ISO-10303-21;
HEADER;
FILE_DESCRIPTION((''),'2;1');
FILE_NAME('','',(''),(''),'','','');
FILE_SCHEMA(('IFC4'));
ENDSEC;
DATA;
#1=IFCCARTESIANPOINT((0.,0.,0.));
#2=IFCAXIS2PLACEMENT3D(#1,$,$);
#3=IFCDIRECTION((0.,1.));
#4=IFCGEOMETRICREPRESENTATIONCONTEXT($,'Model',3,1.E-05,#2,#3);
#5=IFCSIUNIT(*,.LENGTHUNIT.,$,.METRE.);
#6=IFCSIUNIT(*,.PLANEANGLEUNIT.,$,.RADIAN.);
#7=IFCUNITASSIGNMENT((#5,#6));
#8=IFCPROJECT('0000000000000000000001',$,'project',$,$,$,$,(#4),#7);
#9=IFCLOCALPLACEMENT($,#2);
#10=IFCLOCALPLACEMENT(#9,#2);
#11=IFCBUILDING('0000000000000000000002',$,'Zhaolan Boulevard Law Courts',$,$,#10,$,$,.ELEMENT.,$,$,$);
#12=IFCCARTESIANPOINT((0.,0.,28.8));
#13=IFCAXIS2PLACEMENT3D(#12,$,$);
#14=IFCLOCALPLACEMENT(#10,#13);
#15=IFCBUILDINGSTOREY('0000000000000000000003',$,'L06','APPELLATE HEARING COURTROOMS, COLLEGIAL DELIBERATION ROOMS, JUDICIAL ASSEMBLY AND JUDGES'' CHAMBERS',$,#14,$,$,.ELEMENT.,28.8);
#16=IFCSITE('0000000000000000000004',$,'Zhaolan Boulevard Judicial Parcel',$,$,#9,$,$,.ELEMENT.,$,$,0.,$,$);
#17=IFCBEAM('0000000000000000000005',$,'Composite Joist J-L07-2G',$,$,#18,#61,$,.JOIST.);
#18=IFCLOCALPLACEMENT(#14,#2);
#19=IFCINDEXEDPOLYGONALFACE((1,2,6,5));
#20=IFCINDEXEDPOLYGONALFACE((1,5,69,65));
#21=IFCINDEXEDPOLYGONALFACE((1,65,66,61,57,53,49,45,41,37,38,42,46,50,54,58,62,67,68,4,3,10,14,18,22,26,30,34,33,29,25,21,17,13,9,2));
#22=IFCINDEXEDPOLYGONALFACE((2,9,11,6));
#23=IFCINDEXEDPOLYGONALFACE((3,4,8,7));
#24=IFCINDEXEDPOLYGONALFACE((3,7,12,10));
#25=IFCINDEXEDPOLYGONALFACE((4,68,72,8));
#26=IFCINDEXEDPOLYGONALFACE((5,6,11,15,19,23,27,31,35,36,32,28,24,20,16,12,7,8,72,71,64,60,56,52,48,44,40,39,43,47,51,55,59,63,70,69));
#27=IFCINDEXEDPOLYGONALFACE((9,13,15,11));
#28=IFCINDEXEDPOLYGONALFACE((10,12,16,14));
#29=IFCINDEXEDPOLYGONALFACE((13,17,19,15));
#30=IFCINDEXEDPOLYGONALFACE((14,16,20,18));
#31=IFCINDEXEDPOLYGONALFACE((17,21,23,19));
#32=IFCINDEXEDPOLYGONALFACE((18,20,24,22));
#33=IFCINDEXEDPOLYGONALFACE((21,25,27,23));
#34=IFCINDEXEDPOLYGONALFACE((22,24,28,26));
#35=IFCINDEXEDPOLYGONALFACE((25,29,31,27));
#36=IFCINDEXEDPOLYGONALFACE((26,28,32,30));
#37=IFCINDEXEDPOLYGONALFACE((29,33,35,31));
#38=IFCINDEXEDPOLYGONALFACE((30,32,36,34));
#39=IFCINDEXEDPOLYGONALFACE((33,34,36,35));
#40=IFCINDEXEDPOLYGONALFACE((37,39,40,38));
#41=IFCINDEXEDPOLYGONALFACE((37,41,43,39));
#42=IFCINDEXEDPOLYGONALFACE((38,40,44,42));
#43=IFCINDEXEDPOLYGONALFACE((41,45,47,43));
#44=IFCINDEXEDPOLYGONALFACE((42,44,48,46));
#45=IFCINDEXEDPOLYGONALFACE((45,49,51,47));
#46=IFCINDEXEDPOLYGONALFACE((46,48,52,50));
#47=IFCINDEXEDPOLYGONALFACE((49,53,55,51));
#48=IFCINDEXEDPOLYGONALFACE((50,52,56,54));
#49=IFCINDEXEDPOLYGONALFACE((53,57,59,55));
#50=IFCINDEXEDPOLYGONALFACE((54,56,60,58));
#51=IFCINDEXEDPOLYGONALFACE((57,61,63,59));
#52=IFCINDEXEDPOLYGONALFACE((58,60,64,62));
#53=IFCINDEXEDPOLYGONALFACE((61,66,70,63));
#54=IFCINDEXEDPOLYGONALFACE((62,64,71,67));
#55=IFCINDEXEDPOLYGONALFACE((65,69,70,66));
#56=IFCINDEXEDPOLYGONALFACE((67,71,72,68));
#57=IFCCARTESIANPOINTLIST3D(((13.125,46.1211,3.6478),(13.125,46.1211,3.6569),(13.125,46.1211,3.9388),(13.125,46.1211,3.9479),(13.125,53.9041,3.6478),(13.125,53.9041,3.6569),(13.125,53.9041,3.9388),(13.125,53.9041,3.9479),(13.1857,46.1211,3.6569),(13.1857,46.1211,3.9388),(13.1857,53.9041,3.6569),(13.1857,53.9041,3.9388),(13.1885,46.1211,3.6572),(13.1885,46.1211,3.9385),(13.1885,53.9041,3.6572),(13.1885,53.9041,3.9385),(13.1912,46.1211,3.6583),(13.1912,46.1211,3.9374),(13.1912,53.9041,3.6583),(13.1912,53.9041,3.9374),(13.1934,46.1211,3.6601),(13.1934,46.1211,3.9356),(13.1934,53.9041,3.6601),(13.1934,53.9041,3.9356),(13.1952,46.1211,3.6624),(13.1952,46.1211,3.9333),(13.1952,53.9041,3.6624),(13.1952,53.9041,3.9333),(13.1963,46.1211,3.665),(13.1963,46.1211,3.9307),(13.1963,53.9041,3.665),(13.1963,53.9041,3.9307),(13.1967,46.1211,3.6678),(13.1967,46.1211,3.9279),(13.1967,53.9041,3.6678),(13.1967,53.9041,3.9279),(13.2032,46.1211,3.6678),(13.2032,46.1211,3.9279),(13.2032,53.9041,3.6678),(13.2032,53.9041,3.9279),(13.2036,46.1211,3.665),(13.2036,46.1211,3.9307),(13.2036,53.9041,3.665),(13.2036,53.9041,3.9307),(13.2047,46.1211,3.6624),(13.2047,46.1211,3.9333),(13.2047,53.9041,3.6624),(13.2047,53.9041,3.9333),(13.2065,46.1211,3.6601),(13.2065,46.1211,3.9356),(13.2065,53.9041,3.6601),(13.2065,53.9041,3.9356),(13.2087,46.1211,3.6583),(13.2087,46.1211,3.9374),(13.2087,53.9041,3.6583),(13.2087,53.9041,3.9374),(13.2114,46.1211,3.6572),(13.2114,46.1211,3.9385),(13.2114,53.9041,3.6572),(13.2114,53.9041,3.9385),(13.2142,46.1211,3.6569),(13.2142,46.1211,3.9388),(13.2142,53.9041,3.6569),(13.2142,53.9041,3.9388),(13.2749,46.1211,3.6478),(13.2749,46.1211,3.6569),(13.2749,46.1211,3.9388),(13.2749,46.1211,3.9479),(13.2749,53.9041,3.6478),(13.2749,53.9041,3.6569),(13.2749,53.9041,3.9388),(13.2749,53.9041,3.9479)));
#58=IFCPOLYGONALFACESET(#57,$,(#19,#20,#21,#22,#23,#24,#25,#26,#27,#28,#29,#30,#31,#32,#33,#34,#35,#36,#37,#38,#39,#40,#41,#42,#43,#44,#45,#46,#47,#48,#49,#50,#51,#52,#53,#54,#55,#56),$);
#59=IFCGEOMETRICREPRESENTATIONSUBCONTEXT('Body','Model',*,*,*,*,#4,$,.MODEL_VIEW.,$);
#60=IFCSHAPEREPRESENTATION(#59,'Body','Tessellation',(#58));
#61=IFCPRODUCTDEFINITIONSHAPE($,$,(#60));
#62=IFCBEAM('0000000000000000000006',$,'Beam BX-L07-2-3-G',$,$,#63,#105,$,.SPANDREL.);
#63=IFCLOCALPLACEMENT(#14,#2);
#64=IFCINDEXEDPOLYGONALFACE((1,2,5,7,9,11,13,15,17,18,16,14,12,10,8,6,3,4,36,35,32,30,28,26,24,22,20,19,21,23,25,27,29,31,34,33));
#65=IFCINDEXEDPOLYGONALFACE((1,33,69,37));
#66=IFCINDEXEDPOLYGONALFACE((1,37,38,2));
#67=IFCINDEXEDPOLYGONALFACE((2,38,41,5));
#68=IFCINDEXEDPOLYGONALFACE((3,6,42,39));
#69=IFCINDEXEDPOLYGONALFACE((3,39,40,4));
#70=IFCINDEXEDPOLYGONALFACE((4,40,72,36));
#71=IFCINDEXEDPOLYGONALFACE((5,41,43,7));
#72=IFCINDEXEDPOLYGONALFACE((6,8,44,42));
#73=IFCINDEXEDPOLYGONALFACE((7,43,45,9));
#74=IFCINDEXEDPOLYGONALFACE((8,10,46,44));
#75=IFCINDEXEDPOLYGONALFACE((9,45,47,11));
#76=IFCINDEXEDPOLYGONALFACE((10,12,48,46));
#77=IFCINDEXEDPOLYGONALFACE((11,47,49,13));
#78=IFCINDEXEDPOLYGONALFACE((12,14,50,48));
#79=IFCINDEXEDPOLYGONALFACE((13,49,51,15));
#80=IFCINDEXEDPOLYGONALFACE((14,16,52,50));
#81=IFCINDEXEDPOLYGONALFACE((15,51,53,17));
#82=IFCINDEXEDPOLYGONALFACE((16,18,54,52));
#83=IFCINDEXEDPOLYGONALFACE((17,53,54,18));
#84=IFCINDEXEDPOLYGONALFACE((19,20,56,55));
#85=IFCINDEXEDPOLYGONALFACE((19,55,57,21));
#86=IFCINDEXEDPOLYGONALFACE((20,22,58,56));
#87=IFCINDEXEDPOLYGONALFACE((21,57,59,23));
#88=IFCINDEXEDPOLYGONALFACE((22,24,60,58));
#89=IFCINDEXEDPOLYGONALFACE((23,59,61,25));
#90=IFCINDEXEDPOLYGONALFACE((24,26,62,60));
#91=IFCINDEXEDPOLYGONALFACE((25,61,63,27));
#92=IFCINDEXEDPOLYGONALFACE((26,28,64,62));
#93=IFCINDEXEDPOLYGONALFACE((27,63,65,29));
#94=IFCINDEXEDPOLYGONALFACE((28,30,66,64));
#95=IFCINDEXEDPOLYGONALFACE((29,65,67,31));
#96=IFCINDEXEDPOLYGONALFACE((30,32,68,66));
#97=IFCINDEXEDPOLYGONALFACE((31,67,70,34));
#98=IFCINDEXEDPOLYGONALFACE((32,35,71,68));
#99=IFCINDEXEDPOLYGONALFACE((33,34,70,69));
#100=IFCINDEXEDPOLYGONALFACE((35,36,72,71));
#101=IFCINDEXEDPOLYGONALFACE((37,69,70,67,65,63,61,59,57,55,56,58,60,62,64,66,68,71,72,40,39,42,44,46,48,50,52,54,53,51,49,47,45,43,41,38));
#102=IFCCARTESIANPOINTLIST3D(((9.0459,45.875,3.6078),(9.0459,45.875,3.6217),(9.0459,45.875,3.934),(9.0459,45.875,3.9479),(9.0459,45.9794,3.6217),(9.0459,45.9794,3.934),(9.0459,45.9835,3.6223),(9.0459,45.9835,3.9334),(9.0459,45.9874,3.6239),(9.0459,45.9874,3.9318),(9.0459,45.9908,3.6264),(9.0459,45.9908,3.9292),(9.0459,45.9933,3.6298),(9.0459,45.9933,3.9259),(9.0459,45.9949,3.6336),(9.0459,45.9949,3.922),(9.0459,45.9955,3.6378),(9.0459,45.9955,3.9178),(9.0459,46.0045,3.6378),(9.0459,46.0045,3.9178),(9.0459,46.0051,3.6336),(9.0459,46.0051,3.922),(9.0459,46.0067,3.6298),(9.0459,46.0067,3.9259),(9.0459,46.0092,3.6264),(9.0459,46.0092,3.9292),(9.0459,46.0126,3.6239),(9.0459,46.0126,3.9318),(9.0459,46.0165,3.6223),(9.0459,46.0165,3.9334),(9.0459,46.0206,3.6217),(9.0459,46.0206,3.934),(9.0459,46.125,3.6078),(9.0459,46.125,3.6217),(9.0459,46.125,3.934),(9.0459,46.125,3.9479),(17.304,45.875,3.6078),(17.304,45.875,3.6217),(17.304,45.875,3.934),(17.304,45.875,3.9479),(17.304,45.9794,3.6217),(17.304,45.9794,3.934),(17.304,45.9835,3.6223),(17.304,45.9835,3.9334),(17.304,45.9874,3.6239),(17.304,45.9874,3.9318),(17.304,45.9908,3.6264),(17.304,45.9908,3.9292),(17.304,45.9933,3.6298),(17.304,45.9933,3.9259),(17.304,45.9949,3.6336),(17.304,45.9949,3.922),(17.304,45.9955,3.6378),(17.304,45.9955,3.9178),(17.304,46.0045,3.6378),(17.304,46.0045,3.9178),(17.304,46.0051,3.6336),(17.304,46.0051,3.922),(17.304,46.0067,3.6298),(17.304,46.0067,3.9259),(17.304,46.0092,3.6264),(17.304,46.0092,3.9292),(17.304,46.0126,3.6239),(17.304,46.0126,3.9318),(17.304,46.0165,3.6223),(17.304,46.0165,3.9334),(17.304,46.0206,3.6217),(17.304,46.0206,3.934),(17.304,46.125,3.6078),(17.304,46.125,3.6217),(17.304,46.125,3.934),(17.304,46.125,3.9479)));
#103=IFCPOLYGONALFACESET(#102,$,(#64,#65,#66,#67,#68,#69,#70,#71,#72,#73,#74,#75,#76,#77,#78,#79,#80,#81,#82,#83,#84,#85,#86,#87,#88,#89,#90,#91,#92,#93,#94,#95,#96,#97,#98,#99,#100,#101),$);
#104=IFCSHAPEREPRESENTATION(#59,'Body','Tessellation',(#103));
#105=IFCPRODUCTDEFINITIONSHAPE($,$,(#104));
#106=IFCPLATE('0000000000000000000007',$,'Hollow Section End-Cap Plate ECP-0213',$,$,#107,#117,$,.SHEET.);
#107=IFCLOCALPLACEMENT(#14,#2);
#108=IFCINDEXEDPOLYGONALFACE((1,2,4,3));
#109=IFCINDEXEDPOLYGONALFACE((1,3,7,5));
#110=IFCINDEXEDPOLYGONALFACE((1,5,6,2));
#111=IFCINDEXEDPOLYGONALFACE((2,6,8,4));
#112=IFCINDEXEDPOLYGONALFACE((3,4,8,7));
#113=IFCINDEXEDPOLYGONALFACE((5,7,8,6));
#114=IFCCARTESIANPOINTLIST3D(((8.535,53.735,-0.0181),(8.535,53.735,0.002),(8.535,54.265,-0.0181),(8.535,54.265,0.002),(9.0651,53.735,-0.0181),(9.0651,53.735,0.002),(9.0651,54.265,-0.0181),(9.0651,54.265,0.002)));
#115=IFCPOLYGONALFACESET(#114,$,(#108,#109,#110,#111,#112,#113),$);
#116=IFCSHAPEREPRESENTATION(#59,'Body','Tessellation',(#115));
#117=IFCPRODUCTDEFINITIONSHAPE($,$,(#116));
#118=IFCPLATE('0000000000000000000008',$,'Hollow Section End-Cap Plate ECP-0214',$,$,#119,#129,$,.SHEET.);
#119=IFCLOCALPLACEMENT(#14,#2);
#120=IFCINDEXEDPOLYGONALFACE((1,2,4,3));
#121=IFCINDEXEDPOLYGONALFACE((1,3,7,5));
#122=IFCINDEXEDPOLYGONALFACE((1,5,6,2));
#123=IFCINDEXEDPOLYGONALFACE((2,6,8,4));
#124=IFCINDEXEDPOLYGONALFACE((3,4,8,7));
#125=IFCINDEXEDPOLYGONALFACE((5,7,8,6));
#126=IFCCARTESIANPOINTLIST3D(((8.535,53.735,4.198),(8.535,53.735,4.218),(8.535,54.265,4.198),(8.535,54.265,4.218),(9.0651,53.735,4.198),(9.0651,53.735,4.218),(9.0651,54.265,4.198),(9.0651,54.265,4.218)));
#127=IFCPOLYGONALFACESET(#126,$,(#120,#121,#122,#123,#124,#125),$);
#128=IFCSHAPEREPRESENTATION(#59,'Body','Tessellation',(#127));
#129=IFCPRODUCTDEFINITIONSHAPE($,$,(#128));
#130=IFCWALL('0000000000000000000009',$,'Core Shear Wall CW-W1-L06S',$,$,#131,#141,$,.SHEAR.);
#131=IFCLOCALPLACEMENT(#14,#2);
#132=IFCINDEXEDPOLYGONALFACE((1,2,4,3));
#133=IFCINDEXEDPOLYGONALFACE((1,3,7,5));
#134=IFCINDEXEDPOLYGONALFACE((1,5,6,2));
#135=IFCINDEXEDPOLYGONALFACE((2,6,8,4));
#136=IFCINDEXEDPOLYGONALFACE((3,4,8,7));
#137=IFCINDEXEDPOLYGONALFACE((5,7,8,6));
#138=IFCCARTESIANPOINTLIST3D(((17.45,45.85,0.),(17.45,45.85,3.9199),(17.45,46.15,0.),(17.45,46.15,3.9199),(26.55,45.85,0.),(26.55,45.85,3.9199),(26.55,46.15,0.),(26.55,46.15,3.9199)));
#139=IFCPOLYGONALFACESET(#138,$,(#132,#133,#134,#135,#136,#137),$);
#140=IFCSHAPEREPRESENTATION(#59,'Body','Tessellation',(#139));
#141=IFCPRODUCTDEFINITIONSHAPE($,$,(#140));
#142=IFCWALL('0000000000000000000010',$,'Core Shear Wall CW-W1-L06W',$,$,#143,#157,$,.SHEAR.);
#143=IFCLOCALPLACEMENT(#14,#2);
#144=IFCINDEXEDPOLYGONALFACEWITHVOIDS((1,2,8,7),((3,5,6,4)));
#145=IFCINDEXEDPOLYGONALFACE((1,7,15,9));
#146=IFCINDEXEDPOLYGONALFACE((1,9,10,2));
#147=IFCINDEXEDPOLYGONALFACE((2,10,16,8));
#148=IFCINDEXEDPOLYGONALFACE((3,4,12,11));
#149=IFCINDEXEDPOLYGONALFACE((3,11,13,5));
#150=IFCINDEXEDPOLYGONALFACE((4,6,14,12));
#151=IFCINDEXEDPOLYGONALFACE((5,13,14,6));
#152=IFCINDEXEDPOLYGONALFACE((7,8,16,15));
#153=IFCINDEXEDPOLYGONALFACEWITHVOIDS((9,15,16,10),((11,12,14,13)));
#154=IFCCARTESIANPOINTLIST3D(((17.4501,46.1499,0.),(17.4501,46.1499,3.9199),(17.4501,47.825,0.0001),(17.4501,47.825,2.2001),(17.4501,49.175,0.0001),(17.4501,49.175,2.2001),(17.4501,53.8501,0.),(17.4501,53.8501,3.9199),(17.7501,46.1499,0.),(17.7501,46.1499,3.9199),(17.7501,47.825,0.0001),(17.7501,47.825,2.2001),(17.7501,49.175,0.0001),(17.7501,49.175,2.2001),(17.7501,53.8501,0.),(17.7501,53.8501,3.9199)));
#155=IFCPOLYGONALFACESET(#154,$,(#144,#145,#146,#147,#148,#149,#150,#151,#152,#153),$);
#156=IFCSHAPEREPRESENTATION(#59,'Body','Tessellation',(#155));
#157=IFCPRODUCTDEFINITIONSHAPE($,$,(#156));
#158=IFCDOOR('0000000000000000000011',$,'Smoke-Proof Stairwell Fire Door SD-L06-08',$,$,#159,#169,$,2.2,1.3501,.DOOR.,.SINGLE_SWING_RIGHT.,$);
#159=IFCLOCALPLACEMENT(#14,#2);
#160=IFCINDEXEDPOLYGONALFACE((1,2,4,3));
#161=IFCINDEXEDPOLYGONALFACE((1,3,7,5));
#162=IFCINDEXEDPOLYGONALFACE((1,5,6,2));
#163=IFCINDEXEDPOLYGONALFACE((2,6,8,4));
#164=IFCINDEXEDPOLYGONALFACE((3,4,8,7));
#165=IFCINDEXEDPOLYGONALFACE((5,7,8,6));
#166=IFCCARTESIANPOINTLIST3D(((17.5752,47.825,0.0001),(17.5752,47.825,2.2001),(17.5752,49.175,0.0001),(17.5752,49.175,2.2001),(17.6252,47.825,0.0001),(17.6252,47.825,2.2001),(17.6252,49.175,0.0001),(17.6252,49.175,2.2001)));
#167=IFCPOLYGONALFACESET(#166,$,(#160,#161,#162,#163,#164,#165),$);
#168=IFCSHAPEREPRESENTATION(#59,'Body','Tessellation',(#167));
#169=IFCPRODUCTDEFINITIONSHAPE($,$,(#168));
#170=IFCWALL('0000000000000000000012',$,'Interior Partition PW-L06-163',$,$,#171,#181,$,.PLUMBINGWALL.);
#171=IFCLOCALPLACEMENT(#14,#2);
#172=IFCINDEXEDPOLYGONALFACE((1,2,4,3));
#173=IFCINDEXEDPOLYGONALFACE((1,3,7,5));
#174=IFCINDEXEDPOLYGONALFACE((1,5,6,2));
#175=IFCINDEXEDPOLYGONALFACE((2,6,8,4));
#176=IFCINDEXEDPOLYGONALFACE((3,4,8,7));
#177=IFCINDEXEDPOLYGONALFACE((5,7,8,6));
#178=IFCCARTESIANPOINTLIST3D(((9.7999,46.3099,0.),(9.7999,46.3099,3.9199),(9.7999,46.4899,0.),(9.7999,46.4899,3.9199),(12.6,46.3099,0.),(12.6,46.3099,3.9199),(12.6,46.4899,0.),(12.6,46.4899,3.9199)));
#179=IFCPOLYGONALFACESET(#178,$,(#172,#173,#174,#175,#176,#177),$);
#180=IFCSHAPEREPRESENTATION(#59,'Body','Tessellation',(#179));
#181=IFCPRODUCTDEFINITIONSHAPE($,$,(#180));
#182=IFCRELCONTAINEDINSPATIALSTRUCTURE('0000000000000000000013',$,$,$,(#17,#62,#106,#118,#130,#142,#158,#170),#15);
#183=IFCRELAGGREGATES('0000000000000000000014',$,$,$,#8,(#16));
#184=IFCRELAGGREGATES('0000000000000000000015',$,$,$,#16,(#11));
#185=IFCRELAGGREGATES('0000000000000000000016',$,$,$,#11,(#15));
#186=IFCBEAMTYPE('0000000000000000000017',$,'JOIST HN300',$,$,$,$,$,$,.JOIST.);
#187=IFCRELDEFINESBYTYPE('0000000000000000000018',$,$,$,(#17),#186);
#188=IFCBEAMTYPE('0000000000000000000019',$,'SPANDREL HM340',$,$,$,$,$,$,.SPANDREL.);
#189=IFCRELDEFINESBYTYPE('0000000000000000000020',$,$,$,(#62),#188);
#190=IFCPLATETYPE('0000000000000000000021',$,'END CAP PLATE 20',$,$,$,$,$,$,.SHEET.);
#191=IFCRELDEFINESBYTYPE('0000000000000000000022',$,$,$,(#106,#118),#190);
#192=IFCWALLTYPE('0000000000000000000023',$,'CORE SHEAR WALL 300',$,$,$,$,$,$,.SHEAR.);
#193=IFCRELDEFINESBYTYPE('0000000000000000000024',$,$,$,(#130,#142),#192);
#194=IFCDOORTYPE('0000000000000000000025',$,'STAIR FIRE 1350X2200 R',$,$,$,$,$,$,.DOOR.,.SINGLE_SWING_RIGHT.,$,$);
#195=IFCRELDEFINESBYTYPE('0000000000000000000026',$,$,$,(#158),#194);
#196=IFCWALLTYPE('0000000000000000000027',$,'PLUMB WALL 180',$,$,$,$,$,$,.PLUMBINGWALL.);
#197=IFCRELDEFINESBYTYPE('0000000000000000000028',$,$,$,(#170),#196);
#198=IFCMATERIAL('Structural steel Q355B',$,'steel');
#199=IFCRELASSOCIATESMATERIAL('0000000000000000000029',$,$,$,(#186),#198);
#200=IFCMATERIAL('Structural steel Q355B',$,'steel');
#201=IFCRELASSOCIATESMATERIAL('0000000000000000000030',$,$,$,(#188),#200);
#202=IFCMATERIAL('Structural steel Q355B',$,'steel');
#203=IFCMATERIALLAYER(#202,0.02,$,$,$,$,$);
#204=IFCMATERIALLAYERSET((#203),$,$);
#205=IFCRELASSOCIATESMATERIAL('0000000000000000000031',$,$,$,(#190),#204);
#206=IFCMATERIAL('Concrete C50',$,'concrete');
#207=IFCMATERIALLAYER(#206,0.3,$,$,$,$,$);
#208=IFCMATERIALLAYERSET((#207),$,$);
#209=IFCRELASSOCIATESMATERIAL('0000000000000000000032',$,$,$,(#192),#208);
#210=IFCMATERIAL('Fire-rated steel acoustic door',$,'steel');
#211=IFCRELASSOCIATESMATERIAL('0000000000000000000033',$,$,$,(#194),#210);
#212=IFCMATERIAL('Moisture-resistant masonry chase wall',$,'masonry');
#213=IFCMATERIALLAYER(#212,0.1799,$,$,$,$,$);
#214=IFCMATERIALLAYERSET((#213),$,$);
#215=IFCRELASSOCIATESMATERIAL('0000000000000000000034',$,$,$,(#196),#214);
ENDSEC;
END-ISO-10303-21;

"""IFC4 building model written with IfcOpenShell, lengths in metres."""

from ifc_helpers import new_model, si_unit, direction, frame, frame_2d, origin, origin_2d, place, context, subcontext, project, spatial, rectangle, i_section, extrude, material, layer, layer_set, material_profile, profile_set, type_object, element, fill, save


model = new_model("IFC4")

# Units and contexts
model_context = context("Model", 3, precision=1e-05, world=origin(), true_north=direction((0.0, 1.0)))
body_context = subcontext(model_context, "Body", "Model", "MODEL_VIEW")
ifc_project = project(units=[si_unit("LENGTHUNIT", "METRE"), si_unit("PLANEANGLEUNIT", "RADIAN")], contexts=[model_context])

# Site, building, storey
site_placement = place(None, origin())
site = spatial("IfcSite", under=ifc_project, at=site_placement, Name="Zhaolan Boulevard Judicial Parcel", CompositionType="ELEMENT", RefElevation=0.0)
building_placement = place(site_placement, origin())
building = spatial("IfcBuilding", under=site, at=building_placement, Name="Zhaolan Boulevard Law Courts", CompositionType="ELEMENT")
storey_placement = place(building_placement, frame((0.0, 0.0, 28.8)))
storey = spatial("IfcBuildingStorey", under=building, at=storey_placement, Name="L06", Description="APPELLATE HEARING COURTROOMS, COLLEGIAL DELIBERATION ROOMS, JUDICIAL ASSEMBLY AND JUDGES' CHAMBERS", CompositionType="ELEMENT", Elevation=28.8)

# Beams
ifc_material_1 = material(Name="Structural steel Q355B", Category="steel")
ifc_material_profile_1 = material_profile(ifc_material_1, i_section(OverallWidth=0.1499, OverallDepth=0.3, WebThickness=0.0066, FlangeThickness=0.009, FilletRadius=0.011, at=origin_2d()), Name="HN300x150")
ifc_profile_set_1 = profile_set([ifc_material_profile_1], Name="Structural steel Q355B")
beam_type_1 = type_object("IfcBeamType", Name="JOIST HN300", PredefinedType="JOIST", material=ifc_profile_set_1)
beam_1_placement = place(storey_placement, frame((13.2, 46.1211, 3.7979), z_axis=(0.0, 1.0, 0.0), x_axis=(-1.0, 0.0, 0.0)))
element("IfcBeam", 1, at=beam_1_placement, inside=storey, type_object=beam_type_1, Name="Composite Joist J-L07-2G", PredefinedType="JOIST", context=body_context, shape_type="SweptSolid", body=[
    extrude(i_section(OverallWidth=0.1499, OverallDepth=0.3, WebThickness=0.0066, FlangeThickness=0.009, FilletRadius=0.011, at=origin_2d()), origin(), (0.0, 0.0, 1.0), 7.783),
])
ifc_material_2 = material(Name="Structural steel Q355B", Category="steel")
ifc_material_profile_2 = material_profile(ifc_material_2, i_section(OverallWidth=0.25, OverallDepth=0.3401, WebThickness=0.009, FlangeThickness=0.0139, FilletRadius=0.0161, at=origin_2d()), Name="HM340x250")
ifc_profile_set_2 = profile_set([ifc_material_profile_2], Name="Structural steel Q355B")
beam_type_2 = type_object("IfcBeamType", Name="SPANDREL HM340", PredefinedType="SPANDREL", material=ifc_profile_set_2)
beam_2_placement = place(storey_placement, frame((9.0459, 46.0, 3.7778), z_axis=(1.0, 0.0, 0.0), x_axis=(0.0, 1.0, 0.0)))
element("IfcBeam", 2, at=beam_2_placement, inside=storey, type_object=beam_type_2, Name="Beam BX-L07-2-3-G", PredefinedType="SPANDREL", context=body_context, shape_type="SweptSolid", body=[
    extrude(i_section(OverallWidth=0.25, OverallDepth=0.3401, WebThickness=0.009, FlangeThickness=0.0139, FilletRadius=0.0161, at=origin_2d()), origin(), (0.0, 0.0, 1.0), 8.2581),
])

# Plates
ifc_material_3 = material(Name="Structural steel Q355B", Category="steel")
ifc_layer_1 = layer(ifc_material_3, 0.02)
ifc_layer_set_1 = layer_set([ifc_layer_1])
plate_type = type_object("IfcPlateType", Name="END CAP PLATE 20", PredefinedType="SHEET", material=ifc_layer_set_1)
for number, where, z_axis, x_axis, name in (
    (3, (8.8, 54.0, -0.0181), (0.0, 0.0, 1.0), (1.0, 0.0, 0.0), "Hollow Section End-Cap Plate ECP-0213"),
    (4, (8.8, 54.0, 4.198), (0.0, 0.0, 1.0), (1.0, 0.0, 0.0), "Hollow Section End-Cap Plate ECP-0214"),
):
    element("IfcPlate", number, at=place(storey_placement, frame(where, z_axis=z_axis, x_axis=x_axis)), inside=storey, type_object=plate_type, Name=name, PredefinedType="SHEET", context=body_context, shape_type="SweptSolid", body=[
        extrude(rectangle(XDim=0.53, YDim=0.53, at=origin_2d()), origin(), (0.0, 0.0, 1.0), 0.02),
    ])

# Wall
ifc_material_4 = material(Name="Concrete C50", Category="concrete")
ifc_layer_2 = layer(ifc_material_4, 0.3)
ifc_layer_set_2 = layer_set([ifc_layer_2])
wall_type_1 = type_object("IfcWallType", Name="CORE SHEAR WALL 300", PredefinedType="SHEAR", material=ifc_layer_set_2)
wall_1_placement = place(storey_placement, frame((17.45, 46.0, 0.0), z_axis=(0.0, 0.0, 1.0), x_axis=(1.0, 0.0, 0.0)))
element("IfcWall", 5, at=wall_1_placement, inside=storey, type_object=wall_type_1, Name="Core Shear Wall CW-W1-L06S", PredefinedType="SHEAR", context=body_context, shape_type="SweptSolid", body=[
    extrude(rectangle(XDim=9.1001, YDim=0.3, at=frame_2d((4.55, 0.0))), origin(), (0.0, 0.0, 1.0), 3.9199),
])

# Wall, opening, door
wall_2_placement = place(storey_placement, frame((17.6001, 46.1499, 0.0), z_axis=(0.0, 0.0, 1.0), x_axis=(0.0, 1.0, 0.0)))
wall_2 = element("IfcWall", 6, at=wall_2_placement, inside=storey, type_object=wall_type_1, Name="Core Shear Wall CW-W1-L06W", PredefinedType="SHEAR", context=body_context, shape_type="SweptSolid", body=[
    extrude(rectangle(XDim=7.7002, YDim=0.3, at=frame_2d((3.8501, 0.0))), origin(), (0.0, 0.0, 1.0), 3.9199),
])
opening_1_placement = place(wall_2_placement, frame((1.675, 0.0, 0.0)))
opening_1 = element("IfcOpeningElement", 7, at=opening_1_placement, cuts=wall_2, PredefinedType="OPENING", context=body_context, shape_type="SweptSolid", body=[
    extrude(rectangle(XDim=1.3501, YDim=2.2, at=frame_2d((0.675, 1.1001))), frame((0.0, 0.1599, 0.0), z_axis=(0.0, -1.0, 0.0), x_axis=(1.0, 0.0, 0.0)), (0.0, 0.0, 1.0), 0.3201),
])
ifc_material_5 = material(Name="Fire-rated steel acoustic door", Category="steel")
door_type_1 = type_object("IfcDoorType", Name="STAIR FIRE 1350X2200 R", OperationType="SINGLE_SWING_RIGHT", PredefinedType="DOOR", material=ifc_material_5)
door_1_placement = place(opening_1_placement, origin())
door_1 = element("IfcDoor", 8, at=door_1_placement, inside=storey, type_object=door_type_1, Name="Smoke-Proof Stairwell Fire Door SD-L06-08", OperationType="SINGLE_SWING_RIGHT", OverallHeight=2.2, OverallWidth=1.3501, PredefinedType="DOOR", context=body_context, shape_type="SweptSolid", body=[
    extrude(rectangle(XDim=1.3501, YDim=2.2, at=frame_2d((0.675, 1.1001))), frame((0.0, 0.0249, 0.0), z_axis=(0.0, -1.0, 0.0), x_axis=(1.0, 0.0, 0.0)), (0.0, 0.0, 1.0), 0.05),
])
fill(opening_1, door_1)

# Wall
ifc_material_6 = material(Name="Moisture-resistant masonry chase wall", Category="masonry")
ifc_layer_3 = layer(ifc_material_6, 0.1799)
ifc_layer_set_3 = layer_set([ifc_layer_3])
wall_type_2 = type_object("IfcWallType", Name="PLUMB WALL 180", PredefinedType="PLUMBINGWALL", material=ifc_layer_set_3)
for number, where, z_axis, x_axis, name in (
    (9, (9.8, 46.3999, 0.0), (0.0, 0.0, 1.0), (1.0, 0.0, 0.0), "Interior Partition PW-L06-163"),
):
    element("IfcWall", number, at=place(storey_placement, frame(where, z_axis=z_axis, x_axis=x_axis)), inside=storey, type_object=wall_type_2, Name=name, PredefinedType="PLUMBINGWALL", context=body_context, shape_type="SweptSolid", body=[
        extrude(rectangle(XDim=2.8, YDim=0.1799, at=frame_2d((1.3999, 0.0))), origin(), (0.0, 0.0, 1.0), 3.9199),
    ])

save(model, "model.ifc")
